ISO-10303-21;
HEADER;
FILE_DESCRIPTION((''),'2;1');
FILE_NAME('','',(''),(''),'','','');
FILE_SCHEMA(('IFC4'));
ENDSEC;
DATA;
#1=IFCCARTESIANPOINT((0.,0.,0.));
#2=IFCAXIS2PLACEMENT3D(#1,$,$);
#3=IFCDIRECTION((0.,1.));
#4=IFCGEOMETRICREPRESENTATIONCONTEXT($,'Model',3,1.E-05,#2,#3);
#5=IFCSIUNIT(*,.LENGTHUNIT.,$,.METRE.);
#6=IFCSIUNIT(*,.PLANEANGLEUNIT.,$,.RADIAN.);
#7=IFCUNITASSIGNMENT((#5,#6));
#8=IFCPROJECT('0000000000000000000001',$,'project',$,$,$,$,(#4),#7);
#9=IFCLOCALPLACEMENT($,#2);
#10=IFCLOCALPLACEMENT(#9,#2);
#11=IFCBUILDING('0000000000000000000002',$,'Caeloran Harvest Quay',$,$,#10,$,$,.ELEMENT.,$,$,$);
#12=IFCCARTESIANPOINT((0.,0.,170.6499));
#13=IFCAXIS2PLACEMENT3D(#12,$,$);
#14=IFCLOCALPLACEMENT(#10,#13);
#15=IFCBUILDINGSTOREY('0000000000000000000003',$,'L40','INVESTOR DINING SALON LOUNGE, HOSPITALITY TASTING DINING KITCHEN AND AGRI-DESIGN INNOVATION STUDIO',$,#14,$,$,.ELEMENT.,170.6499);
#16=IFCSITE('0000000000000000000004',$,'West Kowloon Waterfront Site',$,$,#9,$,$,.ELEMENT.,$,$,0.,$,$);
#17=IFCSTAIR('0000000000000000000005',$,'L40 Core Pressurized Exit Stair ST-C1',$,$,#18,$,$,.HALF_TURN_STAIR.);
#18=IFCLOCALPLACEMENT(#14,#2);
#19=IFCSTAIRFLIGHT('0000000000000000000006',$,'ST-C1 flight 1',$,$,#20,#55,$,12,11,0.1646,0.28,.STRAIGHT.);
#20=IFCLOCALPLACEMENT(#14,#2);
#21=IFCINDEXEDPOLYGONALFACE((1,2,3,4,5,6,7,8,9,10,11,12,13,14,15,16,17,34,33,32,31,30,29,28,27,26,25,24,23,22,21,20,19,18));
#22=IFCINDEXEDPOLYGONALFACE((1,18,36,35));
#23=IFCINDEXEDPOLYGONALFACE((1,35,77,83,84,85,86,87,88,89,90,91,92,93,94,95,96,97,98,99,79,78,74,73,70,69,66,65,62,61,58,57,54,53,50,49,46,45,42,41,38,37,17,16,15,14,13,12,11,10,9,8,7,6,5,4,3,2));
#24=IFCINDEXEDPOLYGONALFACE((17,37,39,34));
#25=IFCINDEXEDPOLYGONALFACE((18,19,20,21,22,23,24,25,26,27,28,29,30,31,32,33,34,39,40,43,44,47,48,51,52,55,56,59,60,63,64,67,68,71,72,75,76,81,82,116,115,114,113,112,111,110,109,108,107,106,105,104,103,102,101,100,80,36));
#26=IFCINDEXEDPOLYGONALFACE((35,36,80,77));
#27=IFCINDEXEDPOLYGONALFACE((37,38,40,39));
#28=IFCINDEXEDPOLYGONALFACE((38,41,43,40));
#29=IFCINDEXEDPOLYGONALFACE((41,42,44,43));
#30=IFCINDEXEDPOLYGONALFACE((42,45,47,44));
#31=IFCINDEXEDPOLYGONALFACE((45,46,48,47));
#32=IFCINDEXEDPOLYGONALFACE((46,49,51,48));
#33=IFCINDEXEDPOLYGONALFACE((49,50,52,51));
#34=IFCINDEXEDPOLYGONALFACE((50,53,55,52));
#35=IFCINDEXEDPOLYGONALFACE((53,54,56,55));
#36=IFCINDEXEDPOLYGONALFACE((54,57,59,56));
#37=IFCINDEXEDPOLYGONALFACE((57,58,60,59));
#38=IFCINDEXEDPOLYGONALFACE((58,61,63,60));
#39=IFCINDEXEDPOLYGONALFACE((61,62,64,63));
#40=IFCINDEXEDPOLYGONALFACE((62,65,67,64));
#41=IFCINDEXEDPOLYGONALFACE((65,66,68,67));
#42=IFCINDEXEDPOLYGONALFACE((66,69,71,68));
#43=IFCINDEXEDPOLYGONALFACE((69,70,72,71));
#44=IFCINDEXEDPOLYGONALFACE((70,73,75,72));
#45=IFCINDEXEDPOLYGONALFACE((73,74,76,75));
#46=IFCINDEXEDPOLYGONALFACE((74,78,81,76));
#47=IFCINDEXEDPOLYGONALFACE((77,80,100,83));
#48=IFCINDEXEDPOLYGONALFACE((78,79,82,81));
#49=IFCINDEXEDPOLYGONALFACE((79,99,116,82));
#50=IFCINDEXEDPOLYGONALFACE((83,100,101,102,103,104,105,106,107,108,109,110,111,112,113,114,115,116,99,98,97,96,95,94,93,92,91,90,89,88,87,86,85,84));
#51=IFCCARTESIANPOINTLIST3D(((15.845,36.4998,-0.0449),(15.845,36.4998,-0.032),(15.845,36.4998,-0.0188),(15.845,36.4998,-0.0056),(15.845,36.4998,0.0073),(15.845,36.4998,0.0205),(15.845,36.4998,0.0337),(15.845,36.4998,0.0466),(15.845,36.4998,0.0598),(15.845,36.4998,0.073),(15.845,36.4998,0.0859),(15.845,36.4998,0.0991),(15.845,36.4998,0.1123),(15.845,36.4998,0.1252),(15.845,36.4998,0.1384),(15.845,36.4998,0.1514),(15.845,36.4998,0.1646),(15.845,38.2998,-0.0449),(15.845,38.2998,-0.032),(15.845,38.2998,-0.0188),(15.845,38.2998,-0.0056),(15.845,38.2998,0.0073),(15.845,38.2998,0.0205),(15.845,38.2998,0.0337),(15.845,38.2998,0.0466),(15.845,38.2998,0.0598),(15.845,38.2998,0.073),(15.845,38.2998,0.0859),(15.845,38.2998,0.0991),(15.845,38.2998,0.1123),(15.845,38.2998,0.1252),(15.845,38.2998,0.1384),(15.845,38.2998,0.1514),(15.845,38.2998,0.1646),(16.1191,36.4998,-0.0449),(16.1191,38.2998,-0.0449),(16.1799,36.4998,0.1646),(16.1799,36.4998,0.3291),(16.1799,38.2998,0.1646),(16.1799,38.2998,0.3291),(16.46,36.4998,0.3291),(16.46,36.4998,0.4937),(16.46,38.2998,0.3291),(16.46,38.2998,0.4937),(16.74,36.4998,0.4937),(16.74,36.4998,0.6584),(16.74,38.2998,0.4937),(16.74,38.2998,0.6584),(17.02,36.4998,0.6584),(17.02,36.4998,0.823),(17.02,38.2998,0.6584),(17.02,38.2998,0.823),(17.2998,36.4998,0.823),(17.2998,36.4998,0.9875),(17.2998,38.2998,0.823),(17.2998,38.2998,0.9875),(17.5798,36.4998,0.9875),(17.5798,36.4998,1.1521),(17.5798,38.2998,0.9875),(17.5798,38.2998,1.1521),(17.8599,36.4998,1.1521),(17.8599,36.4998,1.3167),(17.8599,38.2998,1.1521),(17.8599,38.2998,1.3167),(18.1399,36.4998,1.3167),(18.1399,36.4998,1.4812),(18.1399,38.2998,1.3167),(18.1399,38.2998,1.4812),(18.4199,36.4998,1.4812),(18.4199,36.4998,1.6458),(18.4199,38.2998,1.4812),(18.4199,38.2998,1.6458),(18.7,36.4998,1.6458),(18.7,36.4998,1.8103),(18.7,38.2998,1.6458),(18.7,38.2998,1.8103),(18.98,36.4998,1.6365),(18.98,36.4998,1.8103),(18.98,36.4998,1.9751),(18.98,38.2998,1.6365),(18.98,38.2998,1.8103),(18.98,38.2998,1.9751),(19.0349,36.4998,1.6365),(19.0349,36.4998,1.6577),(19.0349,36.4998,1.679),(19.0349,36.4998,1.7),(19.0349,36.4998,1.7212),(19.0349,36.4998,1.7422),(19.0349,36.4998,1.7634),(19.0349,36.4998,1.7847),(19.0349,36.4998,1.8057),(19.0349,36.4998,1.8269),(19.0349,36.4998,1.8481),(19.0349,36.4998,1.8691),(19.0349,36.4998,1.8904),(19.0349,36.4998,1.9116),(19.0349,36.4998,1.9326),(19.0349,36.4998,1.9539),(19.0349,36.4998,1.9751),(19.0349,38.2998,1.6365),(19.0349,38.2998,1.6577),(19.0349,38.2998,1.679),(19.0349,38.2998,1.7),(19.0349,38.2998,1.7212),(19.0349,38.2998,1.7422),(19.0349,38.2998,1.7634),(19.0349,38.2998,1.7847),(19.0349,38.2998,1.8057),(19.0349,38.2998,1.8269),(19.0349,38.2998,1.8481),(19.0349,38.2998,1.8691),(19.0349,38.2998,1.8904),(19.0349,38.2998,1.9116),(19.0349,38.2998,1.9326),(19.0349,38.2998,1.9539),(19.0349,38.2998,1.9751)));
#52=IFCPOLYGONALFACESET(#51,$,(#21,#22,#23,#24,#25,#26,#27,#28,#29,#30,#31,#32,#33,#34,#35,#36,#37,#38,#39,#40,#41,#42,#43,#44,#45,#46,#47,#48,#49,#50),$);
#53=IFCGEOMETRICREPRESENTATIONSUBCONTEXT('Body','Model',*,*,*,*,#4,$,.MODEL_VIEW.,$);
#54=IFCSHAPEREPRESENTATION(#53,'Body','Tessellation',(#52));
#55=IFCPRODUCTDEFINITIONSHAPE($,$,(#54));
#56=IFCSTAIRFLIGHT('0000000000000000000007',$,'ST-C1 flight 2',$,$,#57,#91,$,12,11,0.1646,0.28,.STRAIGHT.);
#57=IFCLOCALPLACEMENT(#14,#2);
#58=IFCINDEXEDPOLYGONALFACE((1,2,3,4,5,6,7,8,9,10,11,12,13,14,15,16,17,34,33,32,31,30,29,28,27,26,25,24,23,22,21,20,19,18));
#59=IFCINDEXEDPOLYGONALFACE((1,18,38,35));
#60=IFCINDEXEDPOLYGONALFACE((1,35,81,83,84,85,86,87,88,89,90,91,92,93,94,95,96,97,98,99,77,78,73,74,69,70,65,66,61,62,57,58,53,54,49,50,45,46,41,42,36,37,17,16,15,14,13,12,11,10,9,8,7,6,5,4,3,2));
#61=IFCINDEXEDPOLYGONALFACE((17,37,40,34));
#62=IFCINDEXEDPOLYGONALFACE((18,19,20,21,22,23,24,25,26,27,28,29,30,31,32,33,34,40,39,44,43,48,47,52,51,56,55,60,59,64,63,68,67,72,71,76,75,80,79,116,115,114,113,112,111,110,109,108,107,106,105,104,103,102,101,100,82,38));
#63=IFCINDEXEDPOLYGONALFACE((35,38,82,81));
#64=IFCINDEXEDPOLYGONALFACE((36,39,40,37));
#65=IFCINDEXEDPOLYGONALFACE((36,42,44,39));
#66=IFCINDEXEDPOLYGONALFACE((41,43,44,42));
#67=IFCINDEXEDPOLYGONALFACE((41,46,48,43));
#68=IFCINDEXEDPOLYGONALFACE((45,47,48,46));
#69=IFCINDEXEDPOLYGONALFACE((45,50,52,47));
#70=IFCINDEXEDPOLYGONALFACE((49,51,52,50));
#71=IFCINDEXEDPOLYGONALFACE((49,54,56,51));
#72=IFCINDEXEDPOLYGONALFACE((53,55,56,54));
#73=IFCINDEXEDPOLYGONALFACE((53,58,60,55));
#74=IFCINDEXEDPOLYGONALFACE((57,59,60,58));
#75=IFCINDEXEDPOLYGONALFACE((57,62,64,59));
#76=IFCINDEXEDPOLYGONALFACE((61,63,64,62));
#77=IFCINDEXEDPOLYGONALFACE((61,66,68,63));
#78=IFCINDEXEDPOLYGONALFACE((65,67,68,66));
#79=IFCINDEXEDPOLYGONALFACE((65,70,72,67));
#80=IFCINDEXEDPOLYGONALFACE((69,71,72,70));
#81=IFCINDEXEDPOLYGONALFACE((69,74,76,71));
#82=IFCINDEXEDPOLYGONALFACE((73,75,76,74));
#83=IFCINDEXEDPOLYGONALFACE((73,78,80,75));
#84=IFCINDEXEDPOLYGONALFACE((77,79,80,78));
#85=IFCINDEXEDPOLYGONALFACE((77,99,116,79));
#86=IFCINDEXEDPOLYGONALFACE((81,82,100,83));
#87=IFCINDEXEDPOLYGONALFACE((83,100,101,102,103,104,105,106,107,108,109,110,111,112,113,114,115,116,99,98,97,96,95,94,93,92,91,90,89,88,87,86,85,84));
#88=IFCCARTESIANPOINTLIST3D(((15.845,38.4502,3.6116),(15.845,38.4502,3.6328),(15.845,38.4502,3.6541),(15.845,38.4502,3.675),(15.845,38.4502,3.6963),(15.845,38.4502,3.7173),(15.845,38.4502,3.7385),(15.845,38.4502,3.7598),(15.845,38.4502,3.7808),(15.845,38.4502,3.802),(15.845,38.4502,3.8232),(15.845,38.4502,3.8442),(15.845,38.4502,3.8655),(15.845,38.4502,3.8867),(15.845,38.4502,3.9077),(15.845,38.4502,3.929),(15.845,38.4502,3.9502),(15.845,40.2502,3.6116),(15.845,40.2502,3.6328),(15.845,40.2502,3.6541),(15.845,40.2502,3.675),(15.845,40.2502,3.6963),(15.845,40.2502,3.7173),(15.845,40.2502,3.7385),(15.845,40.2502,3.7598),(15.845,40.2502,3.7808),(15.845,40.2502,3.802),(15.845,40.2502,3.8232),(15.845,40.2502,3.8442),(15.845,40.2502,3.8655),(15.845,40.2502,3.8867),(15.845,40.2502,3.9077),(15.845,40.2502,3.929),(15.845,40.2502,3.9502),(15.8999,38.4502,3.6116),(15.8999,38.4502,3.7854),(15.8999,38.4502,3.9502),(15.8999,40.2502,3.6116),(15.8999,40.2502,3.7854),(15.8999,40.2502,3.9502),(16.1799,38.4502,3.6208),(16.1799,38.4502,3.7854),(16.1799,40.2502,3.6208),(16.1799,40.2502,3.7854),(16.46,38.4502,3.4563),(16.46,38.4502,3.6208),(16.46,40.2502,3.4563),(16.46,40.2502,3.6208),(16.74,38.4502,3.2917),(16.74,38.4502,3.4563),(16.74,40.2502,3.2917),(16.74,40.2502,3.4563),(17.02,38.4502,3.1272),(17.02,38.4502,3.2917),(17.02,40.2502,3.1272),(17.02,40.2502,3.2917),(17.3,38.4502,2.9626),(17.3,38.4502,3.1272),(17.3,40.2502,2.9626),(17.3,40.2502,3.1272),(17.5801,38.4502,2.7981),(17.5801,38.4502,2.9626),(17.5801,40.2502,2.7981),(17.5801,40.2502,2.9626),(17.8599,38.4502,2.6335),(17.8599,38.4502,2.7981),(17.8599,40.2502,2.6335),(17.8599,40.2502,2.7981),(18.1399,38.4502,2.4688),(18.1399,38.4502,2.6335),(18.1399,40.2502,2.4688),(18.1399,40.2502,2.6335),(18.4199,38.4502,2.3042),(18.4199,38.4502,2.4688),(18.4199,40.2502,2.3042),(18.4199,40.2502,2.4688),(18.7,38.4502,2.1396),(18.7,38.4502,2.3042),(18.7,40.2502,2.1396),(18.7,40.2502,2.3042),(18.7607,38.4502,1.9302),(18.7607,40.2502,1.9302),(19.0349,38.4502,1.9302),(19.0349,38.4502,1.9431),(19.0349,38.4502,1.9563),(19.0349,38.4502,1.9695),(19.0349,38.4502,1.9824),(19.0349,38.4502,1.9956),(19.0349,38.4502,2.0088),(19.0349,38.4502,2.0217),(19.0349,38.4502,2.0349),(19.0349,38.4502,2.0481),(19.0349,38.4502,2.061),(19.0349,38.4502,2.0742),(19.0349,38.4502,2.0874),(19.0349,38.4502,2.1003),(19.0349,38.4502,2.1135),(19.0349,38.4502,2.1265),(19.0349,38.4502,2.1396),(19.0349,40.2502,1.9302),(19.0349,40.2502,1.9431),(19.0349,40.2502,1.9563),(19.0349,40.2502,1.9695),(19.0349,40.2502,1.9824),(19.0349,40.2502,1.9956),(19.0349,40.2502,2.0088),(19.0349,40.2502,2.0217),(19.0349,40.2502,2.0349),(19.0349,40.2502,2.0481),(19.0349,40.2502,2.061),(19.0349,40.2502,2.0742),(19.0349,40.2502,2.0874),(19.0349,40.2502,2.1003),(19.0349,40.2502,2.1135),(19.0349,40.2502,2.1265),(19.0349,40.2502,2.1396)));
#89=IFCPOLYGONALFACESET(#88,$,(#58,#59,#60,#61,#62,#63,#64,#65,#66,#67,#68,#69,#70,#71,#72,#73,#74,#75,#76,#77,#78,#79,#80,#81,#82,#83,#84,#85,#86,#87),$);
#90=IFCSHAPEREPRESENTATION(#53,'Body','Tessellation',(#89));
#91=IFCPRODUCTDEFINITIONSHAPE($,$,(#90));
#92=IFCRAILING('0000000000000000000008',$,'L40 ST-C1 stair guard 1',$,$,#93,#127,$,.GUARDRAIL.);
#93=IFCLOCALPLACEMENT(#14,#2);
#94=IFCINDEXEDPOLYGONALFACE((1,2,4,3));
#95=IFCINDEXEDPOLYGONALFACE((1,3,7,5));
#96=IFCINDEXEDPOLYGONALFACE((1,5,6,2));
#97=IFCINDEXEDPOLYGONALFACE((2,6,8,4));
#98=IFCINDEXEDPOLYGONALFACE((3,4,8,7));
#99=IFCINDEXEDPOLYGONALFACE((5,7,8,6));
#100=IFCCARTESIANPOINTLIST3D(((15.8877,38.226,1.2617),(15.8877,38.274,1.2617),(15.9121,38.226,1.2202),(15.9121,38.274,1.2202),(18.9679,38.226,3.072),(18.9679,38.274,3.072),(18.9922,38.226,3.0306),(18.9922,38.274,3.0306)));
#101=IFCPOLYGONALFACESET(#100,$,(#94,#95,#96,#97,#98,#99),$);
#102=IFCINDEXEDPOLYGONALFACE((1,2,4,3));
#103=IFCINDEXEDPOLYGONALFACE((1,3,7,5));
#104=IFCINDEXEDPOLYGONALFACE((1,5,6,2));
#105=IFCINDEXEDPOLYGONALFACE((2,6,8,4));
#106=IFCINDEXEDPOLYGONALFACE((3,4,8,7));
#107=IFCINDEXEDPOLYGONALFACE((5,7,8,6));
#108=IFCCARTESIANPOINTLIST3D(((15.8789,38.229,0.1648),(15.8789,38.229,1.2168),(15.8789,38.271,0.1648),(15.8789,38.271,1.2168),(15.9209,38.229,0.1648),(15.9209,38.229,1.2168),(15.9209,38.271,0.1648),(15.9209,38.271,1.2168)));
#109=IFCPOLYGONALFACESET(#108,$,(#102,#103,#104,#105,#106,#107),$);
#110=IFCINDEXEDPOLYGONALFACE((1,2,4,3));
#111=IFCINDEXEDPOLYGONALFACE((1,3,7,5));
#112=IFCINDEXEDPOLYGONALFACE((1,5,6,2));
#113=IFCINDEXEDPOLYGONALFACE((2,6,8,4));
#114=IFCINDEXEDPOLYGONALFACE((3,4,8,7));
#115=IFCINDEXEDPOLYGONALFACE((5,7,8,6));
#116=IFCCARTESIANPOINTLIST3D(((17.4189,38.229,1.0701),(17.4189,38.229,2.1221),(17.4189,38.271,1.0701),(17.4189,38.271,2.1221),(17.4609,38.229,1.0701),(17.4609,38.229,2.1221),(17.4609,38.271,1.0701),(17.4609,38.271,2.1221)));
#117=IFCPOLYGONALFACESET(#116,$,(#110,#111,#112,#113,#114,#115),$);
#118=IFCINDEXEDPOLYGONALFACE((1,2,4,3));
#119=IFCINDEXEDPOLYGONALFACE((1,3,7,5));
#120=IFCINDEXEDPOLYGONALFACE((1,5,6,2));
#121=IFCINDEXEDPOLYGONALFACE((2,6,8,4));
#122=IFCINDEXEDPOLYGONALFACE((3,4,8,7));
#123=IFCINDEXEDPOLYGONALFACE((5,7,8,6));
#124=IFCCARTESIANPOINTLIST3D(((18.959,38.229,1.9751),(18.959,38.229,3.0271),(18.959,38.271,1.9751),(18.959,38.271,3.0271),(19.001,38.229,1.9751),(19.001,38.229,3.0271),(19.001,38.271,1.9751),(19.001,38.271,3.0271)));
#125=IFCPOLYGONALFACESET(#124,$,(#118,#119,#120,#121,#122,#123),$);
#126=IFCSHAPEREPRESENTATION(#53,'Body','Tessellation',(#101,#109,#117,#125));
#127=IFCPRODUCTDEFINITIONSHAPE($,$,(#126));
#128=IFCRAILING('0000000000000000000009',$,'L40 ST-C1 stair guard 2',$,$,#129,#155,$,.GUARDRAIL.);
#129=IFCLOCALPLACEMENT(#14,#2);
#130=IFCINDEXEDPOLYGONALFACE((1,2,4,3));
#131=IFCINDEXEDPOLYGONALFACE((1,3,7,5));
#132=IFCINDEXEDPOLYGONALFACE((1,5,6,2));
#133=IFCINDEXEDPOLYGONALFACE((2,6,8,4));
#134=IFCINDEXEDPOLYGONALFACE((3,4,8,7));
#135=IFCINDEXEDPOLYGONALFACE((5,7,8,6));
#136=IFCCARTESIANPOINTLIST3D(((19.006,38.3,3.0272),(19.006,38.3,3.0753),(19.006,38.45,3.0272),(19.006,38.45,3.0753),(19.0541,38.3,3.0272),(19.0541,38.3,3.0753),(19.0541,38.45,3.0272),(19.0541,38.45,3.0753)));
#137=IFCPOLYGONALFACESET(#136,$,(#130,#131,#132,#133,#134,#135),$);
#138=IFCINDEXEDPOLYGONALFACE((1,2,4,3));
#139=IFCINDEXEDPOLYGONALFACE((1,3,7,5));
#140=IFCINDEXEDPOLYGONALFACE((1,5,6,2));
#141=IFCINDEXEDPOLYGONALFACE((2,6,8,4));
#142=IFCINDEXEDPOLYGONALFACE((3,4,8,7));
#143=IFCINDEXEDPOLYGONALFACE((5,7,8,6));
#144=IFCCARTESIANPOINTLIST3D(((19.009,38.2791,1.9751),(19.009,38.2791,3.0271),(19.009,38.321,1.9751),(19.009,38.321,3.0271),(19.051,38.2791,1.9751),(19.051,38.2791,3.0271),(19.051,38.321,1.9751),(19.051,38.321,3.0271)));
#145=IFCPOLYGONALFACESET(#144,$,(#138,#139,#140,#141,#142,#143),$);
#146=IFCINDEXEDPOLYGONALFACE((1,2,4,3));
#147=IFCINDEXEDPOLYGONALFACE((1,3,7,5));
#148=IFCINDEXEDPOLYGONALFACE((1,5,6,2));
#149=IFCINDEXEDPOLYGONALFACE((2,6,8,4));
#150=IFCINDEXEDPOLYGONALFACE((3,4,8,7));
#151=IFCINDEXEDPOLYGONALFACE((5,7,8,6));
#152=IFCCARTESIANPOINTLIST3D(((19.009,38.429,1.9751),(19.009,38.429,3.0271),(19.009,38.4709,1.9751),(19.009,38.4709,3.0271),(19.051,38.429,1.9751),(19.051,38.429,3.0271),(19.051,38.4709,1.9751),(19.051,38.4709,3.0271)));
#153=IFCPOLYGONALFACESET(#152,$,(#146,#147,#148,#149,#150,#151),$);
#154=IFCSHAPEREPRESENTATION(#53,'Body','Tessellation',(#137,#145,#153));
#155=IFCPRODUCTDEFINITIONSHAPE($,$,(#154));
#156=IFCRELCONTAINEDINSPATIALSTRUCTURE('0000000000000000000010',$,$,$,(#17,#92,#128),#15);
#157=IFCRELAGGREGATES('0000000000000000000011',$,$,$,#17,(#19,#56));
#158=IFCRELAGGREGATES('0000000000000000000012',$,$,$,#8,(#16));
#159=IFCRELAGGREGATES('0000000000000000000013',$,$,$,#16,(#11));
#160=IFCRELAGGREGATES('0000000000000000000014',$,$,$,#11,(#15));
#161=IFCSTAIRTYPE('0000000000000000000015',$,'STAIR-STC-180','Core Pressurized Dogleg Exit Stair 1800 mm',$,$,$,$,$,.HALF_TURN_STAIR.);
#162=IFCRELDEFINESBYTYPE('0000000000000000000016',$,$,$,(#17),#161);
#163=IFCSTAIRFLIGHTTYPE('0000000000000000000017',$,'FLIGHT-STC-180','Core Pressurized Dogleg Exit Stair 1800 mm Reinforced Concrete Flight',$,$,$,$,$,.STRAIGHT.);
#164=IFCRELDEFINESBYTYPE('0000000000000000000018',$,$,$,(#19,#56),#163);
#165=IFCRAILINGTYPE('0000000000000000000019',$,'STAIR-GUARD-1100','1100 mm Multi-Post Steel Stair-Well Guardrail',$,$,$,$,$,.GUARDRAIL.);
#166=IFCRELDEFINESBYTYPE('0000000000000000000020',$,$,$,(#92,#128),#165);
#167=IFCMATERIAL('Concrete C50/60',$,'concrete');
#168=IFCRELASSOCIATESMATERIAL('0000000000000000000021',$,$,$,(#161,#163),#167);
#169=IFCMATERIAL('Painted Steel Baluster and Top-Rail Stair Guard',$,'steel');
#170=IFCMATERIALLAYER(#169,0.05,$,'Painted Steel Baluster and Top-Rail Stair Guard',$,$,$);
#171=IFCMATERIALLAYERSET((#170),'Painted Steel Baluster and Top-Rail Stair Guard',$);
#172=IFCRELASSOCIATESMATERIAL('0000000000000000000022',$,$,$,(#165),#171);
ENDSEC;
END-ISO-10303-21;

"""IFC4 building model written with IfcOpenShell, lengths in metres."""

from ifc_helpers import new_model, si_unit, direction, frame, origin, origin_2d, place, context, subcontext, project, spatial, polyline, rectangle, outline, extrude, material, layer, layer_set, type_object, element, aggregate, save


model = new_model("IFC4")

# Units and contexts
model_context = context("Model", 3, precision=1e-05, world=origin(), true_north=direction((0.0, 1.0)))
body_context = subcontext(model_context, "Body", "Model", "MODEL_VIEW")
ifc_project = project(units=[si_unit("LENGTHUNIT", "METRE"), si_unit("PLANEANGLEUNIT", "RADIAN")], contexts=[model_context])

# Site, building, storey
site_placement = place(None, origin())
site = spatial("IfcSite", under=ifc_project, at=site_placement, Name="West Kowloon Waterfront Site", CompositionType="ELEMENT", RefElevation=0.0)
building_placement = place(site_placement, origin())
building = spatial("IfcBuilding", under=site, at=building_placement, Name="Caeloran Harvest Quay", CompositionType="ELEMENT")
storey_placement = place(building_placement, frame((0.0, 0.0, 170.6499)))
storey = spatial("IfcBuildingStorey", under=building, at=storey_placement, Name="L40", Description="INVESTOR DINING SALON LOUNGE, HOSPITALITY TASTING DINING KITCHEN AND AGRI-DESIGN INNOVATION STUDIO", CompositionType="ELEMENT", Elevation=170.6499)

# Shared definitions
ifc_material_1 = material(Name="Concrete C50/60", Category="concrete")

# Stair, stair flights
stair_type = type_object("IfcStairType", Name="STAIR-STC-180", Description="Core Pressurized Dogleg Exit Stair 1800 mm", PredefinedType="HALF_TURN_STAIR", material=ifc_material_1)
stair_placement = place(storey_placement, origin())
stair = element("IfcStair", 1, at=stair_placement, inside=storey, type_object=stair_type, Name="L40 Core Pressurized Exit Stair ST-C1", PredefinedType="HALF_TURN_STAIR")
stair_flight_type = type_object("IfcStairFlightType", Name="FLIGHT-STC-180", Description="Core Pressurized Dogleg Exit Stair 1800 mm Reinforced Concrete Flight", PredefinedType="STRAIGHT", material=ifc_material_1)
stair_flight_1_placement = place(storey_placement, frame((15.8999, 37.3999, 0.0), z_axis=(0.0, 0.0, 1.0), x_axis=(1.0, 0.0, 0.0)))
stair_flight_1 = element("IfcStairFlight", 2, at=stair_flight_1_placement, type_object=stair_flight_type, Name="ST-C1 flight 1", NumberOfRisers=12, NumberOfTreads=11, PredefinedType="STRAIGHT", RiserHeight=0.1646, TreadLength=0.28, context=body_context, shape_type="SweptSolid", body=[
    extrude(outline(polyline([(-0.0549, -0.0449), (-0.0549, -0.032), (-0.0549, -0.0188), (-0.0549, -0.0056), (-0.0549, 0.0073), (-0.0549, 0.0205), (-0.0549, 0.0337), (-0.0549, 0.0466), (-0.0549, 0.0598), (-0.0549, 0.073), (-0.0549, 0.0859), (-0.0549, 0.0991), (-0.0549, 0.1123), (-0.0549, 0.1252), (-0.0549, 0.1384), (-0.0549, 0.1514), (-0.0549, 0.1646), (0.28, 0.1646), (0.28, 0.3291), (0.5601, 0.3291), (0.5601, 0.4937), (0.8401, 0.4937), (0.8401, 0.6584), (1.1201, 0.6584), (1.1201, 0.823), (1.3999, 0.823), (1.3999, 0.9875), (1.6799, 0.9875), (1.6799, 1.1521), (1.96, 1.1521), (1.96, 1.3167), (2.24, 1.3167), (2.24, 1.4812), (2.52, 1.4812), (2.52, 1.6458), (2.8, 1.6458), (2.8, 1.8103), (3.0801, 1.8103), (3.0801, 1.9751), (3.135, 1.9751), (3.135, 1.9539), (3.135, 1.9326), (3.135, 1.9116), (3.135, 1.8904), (3.135, 1.8691), (3.135, 1.8481), (3.135, 1.8269), (3.135, 1.8057), (3.135, 1.7847), (3.135, 1.7634), (3.135, 1.7422), (3.135, 1.7212), (3.135, 1.7), (3.135, 1.679), (3.135, 1.6577), (3.135, 1.6365), (3.0801, 1.6365), (0.2192, -0.0449), (-0.0549, -0.0449)])), frame((0.0, 0.8999, 0.0), z_axis=(0.0, -1.0, 0.0), x_axis=(1.0, 0.0, 0.0)), (0.0, 0.0, 1.0), 1.8),
])
stair_flight_2_placement = place(storey_placement, frame((18.98, 39.3501, 1.9751), z_axis=(0.0, 0.0, 1.0), x_axis=(-1.0, 0.0, 0.0)))
stair_flight_2 = element("IfcStairFlight", 3, at=stair_flight_2_placement, type_object=stair_flight_type, Name="ST-C1 flight 2", NumberOfRisers=12, NumberOfTreads=11, PredefinedType="STRAIGHT", RiserHeight=0.1646, TreadLength=0.28, context=body_context, shape_type="SweptSolid", body=[
    extrude(outline(polyline([(-0.0549, -0.0449), (-0.0549, -0.032), (-0.0549, -0.0188), (-0.0549, -0.0056), (-0.0549, 0.0073), (-0.0549, 0.0205), (-0.0549, 0.0337), (-0.0549, 0.0466), (-0.0549, 0.0598), (-0.0549, 0.073), (-0.0549, 0.0859), (-0.0549, 0.0991), (-0.0549, 0.1123), (-0.0549, 0.1252), (-0.0549, 0.1384), (-0.0549, 0.1514), (-0.0549, 0.1646), (0.28, 0.1646), (0.28, 0.3291), (0.5601, 0.3291), (0.5601, 0.4937), (0.8401, 0.4937), (0.8401, 0.6584), (1.1201, 0.6584), (1.1201, 0.823), (1.3999, 0.823), (1.3999, 0.9875), (1.6799, 0.9875), (1.6799, 1.1521), (1.96, 1.1521), (1.96, 1.3167), (2.24, 1.3167), (2.24, 1.4812), (2.52, 1.4812), (2.52, 1.6458), (2.8, 1.6458), (2.8, 1.8103), (3.0801, 1.8103), (3.0801, 1.9751), (3.135, 1.9751), (3.135, 1.9539), (3.135, 1.9326), (3.135, 1.9116), (3.135, 1.8904), (3.135, 1.8691), (3.135, 1.8481), (3.135, 1.8269), (3.135, 1.8057), (3.135, 1.7847), (3.135, 1.7634), (3.135, 1.7422), (3.135, 1.7212), (3.135, 1.7), (3.135, 1.679), (3.135, 1.6577), (3.135, 1.6365), (3.0801, 1.6365), (0.2192, -0.0449), (-0.0549, -0.0449)])), frame((0.0, 0.8999, 0.0), z_axis=(0.0, -1.0, 0.0), x_axis=(1.0, 0.0, 0.0)), (0.0, 0.0, 1.0), 1.8),
])
aggregate(stair, [stair_flight_1, stair_flight_2])

# Railings
ifc_material_2 = material(Name="Painted Steel Baluster and Top-Rail Stair Guard", Category="steel")
ifc_layer_1 = layer(ifc_material_2, 0.05, Name="Painted Steel Baluster and Top-Rail Stair Guard")
ifc_layer_set_1 = layer_set([ifc_layer_1], Name="Painted Steel Baluster and Top-Rail Stair Guard")
railing_type_1 = type_object("IfcRailingType", Name="STAIR-GUARD-1100", Description="1100 mm Multi-Post Steel Stair-Well Guardrail", PredefinedType="GUARDRAIL", material=ifc_layer_set_1)
railing_1_placement = place(storey_placement, frame((15.8999, 38.25, 0.1648)))
element("IfcRailing", 4, at=railing_1_placement, inside=storey, type_object=railing_type_1, Name="L40 ST-C1 stair guard 1", PredefinedType="GUARDRAIL", context=body_context, shape_type="SweptSolid", body=[
    extrude(rectangle(XDim=0.0481, YDim=0.0481, at=origin_2d()), frame((0.0, 0.0, 1.0762), z_axis=(0.862119, 0.0, 0.506707), x_axis=(0.0, 1.0, 0.0)), (0.0, 0.0, 1.0), 3.5728),
    extrude(rectangle(XDim=0.042, YDim=0.042, at=origin_2d()), origin(), (0.0, 0.0, 1.0), 1.052),
    extrude(rectangle(XDim=0.042, YDim=0.042, at=origin_2d()), frame((1.54, 0.0, 0.9053)), (0.0, 0.0, 1.0), 1.052),
    extrude(rectangle(XDim=0.042, YDim=0.042, at=origin_2d()), frame((3.0801, 0.0, 1.8103)), (0.0, 0.0, 1.0), 1.052),
])
railing_2_placement = place(storey_placement, frame((19.03, 38.3, 1.9751)))
element("IfcRailing", 5, at=railing_2_placement, inside=storey, type_object=railing_type_1, Name="L40 ST-C1 stair guard 2", PredefinedType="GUARDRAIL", context=body_context, shape_type="SweptSolid", body=[
    extrude(rectangle(XDim=0.0481, YDim=0.0481, at=origin_2d()), frame((0.0, 0.0, 1.0762), z_axis=(0.0, 1.0, 0.0), x_axis=(-1.0, 0.0, 0.0)), (0.0, 0.0, 1.0), 0.1499),
    extrude(rectangle(XDim=0.042, YDim=0.042, at=origin_2d()), origin(), (0.0, 0.0, 1.0), 1.052),
    extrude(rectangle(XDim=0.042, YDim=0.042, at=origin_2d()), frame((0.0, 0.1499, 0.0)), (0.0, 0.0, 1.0), 1.052),
])

save(model, "model.ifc")
